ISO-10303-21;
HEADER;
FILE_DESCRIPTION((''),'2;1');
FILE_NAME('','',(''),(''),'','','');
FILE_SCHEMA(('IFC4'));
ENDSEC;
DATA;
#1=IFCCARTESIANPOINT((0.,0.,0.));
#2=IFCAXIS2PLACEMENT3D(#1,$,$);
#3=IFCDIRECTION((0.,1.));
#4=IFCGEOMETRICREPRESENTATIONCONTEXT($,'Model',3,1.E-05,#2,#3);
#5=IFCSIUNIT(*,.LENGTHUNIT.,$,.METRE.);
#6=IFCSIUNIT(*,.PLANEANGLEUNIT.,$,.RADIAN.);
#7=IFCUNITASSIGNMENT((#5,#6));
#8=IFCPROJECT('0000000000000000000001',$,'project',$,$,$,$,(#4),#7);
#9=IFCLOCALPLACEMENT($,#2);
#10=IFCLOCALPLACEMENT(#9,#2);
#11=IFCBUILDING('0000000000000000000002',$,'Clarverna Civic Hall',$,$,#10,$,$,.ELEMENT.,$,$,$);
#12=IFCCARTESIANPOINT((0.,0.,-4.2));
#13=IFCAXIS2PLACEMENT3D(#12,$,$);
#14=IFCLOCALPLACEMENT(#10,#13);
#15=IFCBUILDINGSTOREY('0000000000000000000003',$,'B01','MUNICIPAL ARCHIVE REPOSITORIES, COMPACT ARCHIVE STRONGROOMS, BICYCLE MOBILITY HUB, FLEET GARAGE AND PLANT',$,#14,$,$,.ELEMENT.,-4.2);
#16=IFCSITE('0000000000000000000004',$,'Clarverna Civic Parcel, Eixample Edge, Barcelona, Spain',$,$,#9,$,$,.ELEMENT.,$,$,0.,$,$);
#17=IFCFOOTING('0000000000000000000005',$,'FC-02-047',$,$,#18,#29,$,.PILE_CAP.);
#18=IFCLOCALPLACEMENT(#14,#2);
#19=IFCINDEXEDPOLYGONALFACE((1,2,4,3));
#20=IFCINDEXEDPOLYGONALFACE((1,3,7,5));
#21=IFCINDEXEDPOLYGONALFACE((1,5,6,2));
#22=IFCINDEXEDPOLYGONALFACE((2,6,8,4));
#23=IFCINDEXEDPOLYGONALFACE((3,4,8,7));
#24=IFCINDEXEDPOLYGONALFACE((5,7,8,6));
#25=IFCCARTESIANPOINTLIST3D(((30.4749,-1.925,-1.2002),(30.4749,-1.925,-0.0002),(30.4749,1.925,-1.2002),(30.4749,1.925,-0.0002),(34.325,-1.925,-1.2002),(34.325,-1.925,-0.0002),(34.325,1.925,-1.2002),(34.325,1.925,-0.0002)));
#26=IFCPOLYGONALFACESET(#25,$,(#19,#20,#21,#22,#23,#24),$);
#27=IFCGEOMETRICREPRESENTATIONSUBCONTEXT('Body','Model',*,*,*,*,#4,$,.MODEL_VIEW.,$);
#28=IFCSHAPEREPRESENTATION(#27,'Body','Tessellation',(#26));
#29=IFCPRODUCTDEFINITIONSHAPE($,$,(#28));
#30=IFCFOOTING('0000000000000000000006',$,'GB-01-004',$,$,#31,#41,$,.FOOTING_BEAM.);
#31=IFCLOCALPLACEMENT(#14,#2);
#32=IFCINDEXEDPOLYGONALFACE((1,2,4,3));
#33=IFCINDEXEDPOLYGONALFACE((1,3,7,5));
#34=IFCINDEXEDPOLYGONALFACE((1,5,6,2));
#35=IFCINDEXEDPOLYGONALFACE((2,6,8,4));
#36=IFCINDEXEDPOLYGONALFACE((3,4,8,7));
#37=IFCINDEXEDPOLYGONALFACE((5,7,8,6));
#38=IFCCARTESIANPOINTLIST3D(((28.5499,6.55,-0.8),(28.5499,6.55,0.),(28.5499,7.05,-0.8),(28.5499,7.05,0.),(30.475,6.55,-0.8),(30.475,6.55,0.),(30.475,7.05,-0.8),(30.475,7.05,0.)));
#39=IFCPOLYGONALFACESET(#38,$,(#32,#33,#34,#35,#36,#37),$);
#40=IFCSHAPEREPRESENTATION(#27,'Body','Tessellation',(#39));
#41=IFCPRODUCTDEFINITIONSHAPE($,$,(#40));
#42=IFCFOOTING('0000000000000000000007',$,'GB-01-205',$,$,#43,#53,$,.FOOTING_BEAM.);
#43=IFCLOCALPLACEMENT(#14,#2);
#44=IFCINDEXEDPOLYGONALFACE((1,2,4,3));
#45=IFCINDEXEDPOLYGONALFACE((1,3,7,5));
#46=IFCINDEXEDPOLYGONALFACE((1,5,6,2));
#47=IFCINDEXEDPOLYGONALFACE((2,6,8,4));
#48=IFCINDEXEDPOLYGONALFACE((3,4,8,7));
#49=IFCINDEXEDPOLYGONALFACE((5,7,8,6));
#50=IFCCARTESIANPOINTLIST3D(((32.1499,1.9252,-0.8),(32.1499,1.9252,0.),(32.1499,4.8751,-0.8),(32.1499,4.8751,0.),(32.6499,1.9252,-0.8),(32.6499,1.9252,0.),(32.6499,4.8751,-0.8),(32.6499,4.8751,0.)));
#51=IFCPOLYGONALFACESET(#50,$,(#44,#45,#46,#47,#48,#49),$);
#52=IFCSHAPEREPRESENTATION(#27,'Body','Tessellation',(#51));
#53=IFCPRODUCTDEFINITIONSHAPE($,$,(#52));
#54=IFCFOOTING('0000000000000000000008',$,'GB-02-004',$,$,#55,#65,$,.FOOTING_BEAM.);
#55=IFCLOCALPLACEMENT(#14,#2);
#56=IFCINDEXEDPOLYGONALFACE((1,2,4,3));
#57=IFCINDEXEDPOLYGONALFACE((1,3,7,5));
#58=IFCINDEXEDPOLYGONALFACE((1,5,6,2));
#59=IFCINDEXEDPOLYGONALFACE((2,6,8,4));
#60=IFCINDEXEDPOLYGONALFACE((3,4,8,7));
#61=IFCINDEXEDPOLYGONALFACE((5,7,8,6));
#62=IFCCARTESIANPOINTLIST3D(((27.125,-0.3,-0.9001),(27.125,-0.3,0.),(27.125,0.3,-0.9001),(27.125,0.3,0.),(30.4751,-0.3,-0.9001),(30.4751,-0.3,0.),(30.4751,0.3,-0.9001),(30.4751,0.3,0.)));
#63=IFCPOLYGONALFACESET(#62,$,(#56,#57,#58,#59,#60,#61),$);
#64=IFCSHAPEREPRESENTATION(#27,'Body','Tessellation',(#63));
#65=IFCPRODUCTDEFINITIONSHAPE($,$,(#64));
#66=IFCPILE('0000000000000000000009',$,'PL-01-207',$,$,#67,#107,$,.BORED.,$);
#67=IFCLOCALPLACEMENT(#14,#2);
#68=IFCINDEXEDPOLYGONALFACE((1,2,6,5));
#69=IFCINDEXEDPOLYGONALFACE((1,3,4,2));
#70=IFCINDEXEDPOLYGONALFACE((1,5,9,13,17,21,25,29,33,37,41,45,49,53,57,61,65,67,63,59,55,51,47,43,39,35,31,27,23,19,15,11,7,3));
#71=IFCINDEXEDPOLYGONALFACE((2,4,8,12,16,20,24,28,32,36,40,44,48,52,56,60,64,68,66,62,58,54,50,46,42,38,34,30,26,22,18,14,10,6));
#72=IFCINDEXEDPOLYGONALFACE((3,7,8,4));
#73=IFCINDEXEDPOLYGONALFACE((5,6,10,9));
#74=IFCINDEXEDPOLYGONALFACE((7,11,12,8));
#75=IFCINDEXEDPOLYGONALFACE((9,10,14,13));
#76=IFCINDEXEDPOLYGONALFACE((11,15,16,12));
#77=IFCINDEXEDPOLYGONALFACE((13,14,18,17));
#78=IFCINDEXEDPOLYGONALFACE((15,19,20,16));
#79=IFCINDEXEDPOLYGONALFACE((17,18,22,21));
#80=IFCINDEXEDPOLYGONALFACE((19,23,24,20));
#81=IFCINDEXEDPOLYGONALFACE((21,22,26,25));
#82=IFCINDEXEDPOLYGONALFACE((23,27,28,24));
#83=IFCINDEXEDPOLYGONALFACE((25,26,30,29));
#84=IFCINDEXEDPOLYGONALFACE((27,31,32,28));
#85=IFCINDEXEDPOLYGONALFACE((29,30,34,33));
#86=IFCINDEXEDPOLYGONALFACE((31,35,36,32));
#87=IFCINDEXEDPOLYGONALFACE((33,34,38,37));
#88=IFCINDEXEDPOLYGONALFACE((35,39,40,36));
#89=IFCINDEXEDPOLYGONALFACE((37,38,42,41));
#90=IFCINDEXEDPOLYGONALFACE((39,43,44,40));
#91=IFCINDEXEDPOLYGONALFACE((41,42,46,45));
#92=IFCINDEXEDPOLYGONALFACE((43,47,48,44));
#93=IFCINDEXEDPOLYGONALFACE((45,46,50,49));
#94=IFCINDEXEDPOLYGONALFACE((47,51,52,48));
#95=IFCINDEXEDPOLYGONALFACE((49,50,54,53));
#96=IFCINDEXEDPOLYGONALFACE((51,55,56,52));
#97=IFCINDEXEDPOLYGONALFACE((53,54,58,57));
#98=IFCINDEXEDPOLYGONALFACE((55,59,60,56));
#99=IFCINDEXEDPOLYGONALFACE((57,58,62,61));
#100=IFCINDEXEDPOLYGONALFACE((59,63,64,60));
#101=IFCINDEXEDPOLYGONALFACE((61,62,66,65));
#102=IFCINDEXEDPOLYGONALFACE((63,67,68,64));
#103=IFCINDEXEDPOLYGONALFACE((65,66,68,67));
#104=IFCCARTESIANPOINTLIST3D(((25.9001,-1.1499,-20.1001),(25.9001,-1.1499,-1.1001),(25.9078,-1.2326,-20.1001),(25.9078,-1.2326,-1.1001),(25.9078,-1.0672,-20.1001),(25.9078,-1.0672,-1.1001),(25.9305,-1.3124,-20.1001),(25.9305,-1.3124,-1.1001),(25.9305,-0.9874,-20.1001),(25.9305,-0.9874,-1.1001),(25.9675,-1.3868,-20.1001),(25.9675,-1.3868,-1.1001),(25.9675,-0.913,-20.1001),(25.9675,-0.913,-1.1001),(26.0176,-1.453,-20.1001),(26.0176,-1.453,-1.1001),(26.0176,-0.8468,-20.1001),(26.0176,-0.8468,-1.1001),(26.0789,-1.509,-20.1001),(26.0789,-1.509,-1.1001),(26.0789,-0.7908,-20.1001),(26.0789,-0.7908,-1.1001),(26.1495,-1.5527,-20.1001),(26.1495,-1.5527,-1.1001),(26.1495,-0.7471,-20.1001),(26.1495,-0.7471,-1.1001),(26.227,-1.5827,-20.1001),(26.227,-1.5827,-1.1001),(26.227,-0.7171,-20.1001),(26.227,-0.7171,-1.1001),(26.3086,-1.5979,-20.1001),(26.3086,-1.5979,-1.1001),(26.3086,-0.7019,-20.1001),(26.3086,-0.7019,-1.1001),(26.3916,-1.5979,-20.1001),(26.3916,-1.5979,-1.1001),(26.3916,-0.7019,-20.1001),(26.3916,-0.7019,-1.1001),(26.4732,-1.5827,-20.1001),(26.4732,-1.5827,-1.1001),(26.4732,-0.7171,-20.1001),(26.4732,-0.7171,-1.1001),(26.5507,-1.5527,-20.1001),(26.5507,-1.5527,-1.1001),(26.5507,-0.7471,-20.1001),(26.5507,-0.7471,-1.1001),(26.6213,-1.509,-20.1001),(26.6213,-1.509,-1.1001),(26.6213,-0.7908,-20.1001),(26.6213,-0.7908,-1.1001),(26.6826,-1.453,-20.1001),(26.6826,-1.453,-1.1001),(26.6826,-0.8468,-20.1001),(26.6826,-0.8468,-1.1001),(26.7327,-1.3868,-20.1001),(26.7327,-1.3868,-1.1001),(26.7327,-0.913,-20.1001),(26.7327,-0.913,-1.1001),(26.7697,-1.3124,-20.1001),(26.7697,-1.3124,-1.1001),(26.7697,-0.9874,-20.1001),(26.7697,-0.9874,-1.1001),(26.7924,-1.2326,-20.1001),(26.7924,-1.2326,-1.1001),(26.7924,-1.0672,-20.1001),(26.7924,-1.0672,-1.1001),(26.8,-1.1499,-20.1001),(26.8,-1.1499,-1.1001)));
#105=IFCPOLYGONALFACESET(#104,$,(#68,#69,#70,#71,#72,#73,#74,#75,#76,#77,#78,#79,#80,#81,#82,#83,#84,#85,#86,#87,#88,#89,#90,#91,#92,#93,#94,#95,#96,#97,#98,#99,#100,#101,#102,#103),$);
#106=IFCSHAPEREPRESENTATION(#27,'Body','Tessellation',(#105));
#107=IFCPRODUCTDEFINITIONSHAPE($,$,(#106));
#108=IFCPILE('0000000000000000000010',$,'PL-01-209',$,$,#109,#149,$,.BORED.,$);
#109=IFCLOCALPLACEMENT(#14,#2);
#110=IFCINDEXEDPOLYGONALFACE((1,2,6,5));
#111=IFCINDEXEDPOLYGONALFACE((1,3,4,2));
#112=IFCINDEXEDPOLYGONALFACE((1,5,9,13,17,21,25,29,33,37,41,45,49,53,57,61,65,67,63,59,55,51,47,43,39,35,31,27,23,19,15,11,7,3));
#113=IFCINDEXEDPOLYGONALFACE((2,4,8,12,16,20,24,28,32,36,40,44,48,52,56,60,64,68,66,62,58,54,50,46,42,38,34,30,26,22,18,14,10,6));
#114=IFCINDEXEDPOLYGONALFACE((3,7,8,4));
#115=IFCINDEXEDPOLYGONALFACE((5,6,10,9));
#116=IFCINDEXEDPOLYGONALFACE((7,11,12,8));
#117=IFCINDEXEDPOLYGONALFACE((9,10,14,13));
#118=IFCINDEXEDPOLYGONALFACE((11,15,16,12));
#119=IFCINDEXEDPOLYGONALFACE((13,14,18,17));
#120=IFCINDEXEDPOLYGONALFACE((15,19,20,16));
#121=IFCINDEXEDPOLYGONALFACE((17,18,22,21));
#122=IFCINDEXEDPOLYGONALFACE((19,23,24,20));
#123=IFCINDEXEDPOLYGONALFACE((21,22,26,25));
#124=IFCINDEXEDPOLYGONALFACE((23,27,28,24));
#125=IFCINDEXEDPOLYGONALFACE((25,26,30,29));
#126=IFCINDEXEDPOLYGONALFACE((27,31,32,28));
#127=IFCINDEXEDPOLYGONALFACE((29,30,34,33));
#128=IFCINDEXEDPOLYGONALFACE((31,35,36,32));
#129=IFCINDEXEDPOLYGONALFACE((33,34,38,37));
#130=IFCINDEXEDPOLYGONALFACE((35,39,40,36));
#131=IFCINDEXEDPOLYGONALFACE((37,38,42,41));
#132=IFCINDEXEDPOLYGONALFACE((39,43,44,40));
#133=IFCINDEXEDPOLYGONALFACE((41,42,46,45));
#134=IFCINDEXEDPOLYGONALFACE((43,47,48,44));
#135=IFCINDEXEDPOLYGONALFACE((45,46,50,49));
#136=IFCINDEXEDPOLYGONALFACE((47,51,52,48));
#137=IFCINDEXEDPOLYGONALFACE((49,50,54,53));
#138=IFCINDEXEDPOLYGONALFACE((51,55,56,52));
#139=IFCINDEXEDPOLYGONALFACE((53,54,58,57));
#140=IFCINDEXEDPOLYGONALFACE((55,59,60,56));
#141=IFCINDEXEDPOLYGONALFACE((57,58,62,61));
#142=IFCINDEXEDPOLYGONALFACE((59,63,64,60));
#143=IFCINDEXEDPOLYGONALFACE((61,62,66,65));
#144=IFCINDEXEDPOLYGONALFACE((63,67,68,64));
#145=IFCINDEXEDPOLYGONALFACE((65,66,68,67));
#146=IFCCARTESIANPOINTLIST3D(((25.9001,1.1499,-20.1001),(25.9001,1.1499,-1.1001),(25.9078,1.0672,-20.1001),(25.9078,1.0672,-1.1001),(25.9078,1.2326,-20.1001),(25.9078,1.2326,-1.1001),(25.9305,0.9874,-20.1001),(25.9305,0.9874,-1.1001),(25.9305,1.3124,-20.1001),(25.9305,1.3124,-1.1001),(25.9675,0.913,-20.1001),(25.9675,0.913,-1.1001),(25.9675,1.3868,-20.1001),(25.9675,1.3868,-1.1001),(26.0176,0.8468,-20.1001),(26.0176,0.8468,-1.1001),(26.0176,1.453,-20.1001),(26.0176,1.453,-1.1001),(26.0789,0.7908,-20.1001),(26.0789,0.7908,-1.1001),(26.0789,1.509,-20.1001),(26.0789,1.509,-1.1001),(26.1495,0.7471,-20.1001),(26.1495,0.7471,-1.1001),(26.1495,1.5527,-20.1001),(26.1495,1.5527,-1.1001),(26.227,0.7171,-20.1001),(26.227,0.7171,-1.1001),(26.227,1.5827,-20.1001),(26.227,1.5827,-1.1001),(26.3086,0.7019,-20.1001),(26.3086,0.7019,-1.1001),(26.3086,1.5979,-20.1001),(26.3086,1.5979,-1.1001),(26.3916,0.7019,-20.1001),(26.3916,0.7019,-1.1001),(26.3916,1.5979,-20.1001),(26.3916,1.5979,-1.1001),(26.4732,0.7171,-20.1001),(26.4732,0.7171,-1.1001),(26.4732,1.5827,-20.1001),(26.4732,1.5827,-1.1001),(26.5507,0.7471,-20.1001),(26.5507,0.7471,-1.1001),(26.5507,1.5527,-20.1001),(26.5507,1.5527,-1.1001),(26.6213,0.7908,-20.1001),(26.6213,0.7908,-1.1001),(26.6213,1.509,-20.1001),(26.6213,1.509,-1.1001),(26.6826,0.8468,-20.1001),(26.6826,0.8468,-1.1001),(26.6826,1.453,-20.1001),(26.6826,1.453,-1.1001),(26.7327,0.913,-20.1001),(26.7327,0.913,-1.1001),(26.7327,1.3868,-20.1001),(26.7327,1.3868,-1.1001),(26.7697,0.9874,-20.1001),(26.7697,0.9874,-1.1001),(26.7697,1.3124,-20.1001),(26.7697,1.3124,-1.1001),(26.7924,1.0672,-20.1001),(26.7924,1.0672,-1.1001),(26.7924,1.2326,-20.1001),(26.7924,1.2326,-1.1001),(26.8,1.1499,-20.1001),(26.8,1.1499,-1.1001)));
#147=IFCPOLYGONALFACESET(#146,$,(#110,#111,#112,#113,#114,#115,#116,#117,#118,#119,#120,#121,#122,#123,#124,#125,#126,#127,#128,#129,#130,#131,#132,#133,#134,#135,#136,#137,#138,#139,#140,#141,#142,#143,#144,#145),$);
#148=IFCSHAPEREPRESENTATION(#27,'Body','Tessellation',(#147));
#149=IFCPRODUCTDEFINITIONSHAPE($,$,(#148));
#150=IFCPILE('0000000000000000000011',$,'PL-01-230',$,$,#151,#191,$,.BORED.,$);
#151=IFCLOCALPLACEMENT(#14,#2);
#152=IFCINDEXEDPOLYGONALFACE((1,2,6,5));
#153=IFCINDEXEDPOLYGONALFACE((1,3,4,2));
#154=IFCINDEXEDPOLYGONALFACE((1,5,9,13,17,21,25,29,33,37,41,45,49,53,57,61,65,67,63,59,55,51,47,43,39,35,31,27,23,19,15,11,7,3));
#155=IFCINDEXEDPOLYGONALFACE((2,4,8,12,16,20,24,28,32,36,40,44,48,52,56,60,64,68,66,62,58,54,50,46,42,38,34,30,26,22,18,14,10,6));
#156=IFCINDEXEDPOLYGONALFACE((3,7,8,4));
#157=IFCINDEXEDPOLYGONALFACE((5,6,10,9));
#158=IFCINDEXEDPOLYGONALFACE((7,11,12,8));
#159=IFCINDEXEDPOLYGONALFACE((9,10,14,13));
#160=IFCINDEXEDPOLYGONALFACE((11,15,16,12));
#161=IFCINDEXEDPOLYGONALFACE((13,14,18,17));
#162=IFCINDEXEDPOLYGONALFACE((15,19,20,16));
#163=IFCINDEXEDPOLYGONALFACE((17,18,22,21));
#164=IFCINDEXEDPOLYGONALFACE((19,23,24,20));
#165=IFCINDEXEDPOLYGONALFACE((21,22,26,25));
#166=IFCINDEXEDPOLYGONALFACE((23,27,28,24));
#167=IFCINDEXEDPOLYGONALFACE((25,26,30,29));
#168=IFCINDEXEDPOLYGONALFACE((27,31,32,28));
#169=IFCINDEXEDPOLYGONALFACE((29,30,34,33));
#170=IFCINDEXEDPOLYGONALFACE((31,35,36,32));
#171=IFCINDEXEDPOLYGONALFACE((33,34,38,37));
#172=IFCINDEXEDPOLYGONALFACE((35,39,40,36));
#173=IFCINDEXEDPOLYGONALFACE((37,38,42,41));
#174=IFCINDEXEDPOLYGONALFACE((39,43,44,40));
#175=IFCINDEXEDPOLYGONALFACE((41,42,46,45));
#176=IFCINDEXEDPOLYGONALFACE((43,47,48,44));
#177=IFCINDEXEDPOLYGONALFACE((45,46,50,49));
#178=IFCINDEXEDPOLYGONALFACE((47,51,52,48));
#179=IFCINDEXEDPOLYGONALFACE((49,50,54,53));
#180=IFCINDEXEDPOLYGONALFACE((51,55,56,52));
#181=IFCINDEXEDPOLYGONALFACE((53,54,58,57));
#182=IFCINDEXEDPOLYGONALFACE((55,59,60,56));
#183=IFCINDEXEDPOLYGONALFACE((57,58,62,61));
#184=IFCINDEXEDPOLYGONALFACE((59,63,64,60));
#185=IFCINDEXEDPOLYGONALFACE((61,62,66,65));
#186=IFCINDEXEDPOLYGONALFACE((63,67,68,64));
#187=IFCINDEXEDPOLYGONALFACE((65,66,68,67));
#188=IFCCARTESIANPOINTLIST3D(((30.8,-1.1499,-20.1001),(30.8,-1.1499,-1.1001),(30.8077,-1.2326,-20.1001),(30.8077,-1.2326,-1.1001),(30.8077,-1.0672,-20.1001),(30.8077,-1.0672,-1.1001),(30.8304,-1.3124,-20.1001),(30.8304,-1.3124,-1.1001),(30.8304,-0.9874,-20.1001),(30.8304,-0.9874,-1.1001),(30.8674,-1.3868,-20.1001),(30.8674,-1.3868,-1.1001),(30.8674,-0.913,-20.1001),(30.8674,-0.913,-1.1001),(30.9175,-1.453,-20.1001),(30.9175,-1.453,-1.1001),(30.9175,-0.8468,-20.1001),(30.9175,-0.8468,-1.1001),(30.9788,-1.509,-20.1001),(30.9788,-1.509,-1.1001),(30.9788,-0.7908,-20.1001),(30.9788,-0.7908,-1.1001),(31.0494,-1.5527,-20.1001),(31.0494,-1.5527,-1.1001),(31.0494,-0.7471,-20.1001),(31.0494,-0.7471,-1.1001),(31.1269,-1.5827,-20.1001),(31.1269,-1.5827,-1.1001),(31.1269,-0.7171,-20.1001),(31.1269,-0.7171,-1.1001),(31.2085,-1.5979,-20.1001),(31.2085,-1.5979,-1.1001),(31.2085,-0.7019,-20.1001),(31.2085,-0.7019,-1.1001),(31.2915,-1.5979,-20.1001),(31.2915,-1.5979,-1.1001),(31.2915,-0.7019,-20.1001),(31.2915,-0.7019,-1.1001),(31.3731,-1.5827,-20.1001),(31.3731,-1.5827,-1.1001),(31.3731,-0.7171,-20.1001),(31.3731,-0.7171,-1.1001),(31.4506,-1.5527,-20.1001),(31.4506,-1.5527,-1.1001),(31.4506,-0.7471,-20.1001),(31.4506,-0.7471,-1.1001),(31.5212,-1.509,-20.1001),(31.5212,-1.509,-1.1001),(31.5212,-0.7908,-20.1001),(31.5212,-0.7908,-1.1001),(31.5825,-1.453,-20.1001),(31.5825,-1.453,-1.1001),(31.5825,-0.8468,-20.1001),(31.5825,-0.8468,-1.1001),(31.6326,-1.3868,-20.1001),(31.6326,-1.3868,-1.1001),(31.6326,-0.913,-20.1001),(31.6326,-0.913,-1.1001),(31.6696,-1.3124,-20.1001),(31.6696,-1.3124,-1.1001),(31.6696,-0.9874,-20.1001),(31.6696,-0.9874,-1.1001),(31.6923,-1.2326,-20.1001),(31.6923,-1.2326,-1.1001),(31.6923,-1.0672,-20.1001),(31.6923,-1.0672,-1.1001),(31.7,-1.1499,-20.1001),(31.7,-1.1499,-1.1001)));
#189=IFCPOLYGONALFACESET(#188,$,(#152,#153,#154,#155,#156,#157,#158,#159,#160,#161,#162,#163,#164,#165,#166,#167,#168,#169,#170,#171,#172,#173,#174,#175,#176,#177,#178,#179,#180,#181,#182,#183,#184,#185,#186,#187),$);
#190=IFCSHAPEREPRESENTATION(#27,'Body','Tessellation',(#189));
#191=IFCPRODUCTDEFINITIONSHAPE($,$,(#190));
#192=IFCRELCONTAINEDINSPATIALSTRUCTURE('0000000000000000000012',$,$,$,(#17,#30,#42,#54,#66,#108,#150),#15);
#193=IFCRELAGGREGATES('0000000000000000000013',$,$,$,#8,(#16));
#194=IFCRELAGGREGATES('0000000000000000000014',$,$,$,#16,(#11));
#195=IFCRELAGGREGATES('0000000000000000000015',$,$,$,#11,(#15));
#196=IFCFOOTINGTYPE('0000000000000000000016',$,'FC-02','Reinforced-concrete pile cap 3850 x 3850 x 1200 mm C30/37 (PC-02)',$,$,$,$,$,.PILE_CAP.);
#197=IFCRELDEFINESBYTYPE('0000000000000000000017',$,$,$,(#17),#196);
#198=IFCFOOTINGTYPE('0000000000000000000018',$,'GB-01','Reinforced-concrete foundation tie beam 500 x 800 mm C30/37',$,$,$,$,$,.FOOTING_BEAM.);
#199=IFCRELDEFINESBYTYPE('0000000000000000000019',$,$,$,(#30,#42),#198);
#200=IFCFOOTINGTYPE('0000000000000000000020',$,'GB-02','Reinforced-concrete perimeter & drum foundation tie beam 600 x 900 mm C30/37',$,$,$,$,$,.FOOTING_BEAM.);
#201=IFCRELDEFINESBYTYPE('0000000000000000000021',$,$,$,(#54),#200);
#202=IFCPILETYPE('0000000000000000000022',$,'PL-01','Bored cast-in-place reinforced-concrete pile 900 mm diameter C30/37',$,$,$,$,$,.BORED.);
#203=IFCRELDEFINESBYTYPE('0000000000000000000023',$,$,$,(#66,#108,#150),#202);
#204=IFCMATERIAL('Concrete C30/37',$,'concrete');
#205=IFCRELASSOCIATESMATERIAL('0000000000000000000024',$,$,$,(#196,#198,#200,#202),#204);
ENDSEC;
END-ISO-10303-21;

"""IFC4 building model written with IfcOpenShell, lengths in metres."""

from ifc_helpers import new_model, si_unit, direction, frame, frame_2d, origin, origin_2d, place, context, subcontext, project, spatial, rectangle, circle, extrude, material, material_profile, profile_set, type_object, element, save


model = new_model("IFC4")

# Units and contexts
model_context = context("Model", 3, precision=1e-05, world=origin(), true_north=direction((0.0, 1.0)))
body_context = subcontext(model_context, "Body", "Model", "MODEL_VIEW")
ifc_project = project(units=[si_unit("LENGTHUNIT", "METRE"), si_unit("PLANEANGLEUNIT", "RADIAN")], contexts=[model_context])

# Site, building, storey
site_placement = place(None, origin())
site = spatial("IfcSite", under=ifc_project, at=site_placement, Name="Clarverna Civic Parcel, Eixample Edge, Barcelona, Spain", CompositionType="ELEMENT", RefElevation=0.0)
building_placement = place(site_placement, origin())
building = spatial("IfcBuilding", under=site, at=building_placement, Name="Clarverna Civic Hall", CompositionType="ELEMENT")
storey_placement = place(building_placement, frame((0.0, 0.0, -4.2)))
storey = spatial("IfcBuildingStorey", under=building, at=storey_placement, Name="B01", Description="MUNICIPAL ARCHIVE REPOSITORIES, COMPACT ARCHIVE STRONGROOMS, BICYCLE MOBILITY HUB, FLEET GARAGE AND PLANT", CompositionType="ELEMENT", Elevation=-4.2)

# Footings
ifc_material_1 = material(Name="Concrete C30/37", Category="concrete")
footing_type_1 = type_object("IfcFootingType", Name="FC-02", Description="Reinforced-concrete pile cap 3850 x 3850 x 1200 mm C30/37 (PC-02)", PredefinedType="PILE_CAP", material=ifc_material_1)
footing_1_placement = place(storey_placement, frame((32.3999, 0.0, -1.2002), z_axis=(0.0, 0.0, 1.0), x_axis=(1.0, 0.0, 0.0)))
element("IfcFooting", 1, at=footing_1_placement, inside=storey, type_object=footing_type_1, Name="FC-02-047", PredefinedType="PILE_CAP", context=body_context, shape_type="SweptSolid", body=[
    extrude(rectangle(XDim=3.8501, YDim=3.8501, at=origin_2d()), origin(), (0.0, 0.0, 1.0), 1.2),
])
footing_type_2 = type_object("IfcFootingType", Name="GB-01", Description="Reinforced-concrete foundation tie beam 500 x 800 mm C30/37", PredefinedType="FOOTING_BEAM", material=ifc_material_1)
footing_2_placement = place(storey_placement, frame((28.55, 6.8, -0.8), z_axis=(0.0, 0.0, 1.0), x_axis=(1.0, 0.0, 0.0)))
element("IfcFooting", 2, at=footing_2_placement, inside=storey, type_object=footing_type_2, Name="GB-01-004", PredefinedType="FOOTING_BEAM", context=body_context, shape_type="SweptSolid", body=[
    extrude(rectangle(XDim=1.925, YDim=0.5, at=frame_2d((0.9624, 0.0))), origin(), (0.0, 0.0, 1.0), 0.8),
])
footing_3_placement = place(storey_placement, frame((32.3999, 1.925, -0.8), z_axis=(0.0, 0.0, 1.0), x_axis=(0.0, 1.0, 0.0)))
element("IfcFooting", 3, at=footing_3_placement, inside=storey, type_object=footing_type_2, Name="GB-01-205", PredefinedType="FOOTING_BEAM", context=body_context, shape_type="SweptSolid", body=[
    extrude(rectangle(XDim=2.95, YDim=0.5, at=frame_2d((1.4751, 0.0))), origin(), (0.0, 0.0, 1.0), 0.8),
])
footing_type_3 = type_object("IfcFootingType", Name="GB-02", Description="Reinforced-concrete perimeter & drum foundation tie beam 600 x 900 mm C30/37", PredefinedType="FOOTING_BEAM", material=ifc_material_1)
footing_4_placement = place(storey_placement, frame((27.125, 0.0, -0.9001), z_axis=(0.0, 0.0, 1.0), x_axis=(1.0, 0.0, 0.0)))
element("IfcFooting", 4, at=footing_4_placement, inside=storey, type_object=footing_type_3, Name="GB-02-004", PredefinedType="FOOTING_BEAM", context=body_context, shape_type="SweptSolid", body=[
    extrude(rectangle(XDim=3.3501, YDim=0.6001, at=frame_2d((1.675, 0.0))), origin(), (0.0, 0.0, 1.0), 0.9001),
])

# Piles
ifc_material_profile_1 = material_profile(ifc_material_1, circle(Radius=0.45, at=origin_2d()), Name="BORED PILE D900")
ifc_profile_set_1 = profile_set([ifc_material_profile_1], Name="Concrete C30/37")
pile_type_1 = type_object("IfcPileType", Name="PL-01", Description="Bored cast-in-place reinforced-concrete pile 900 mm diameter C30/37", PredefinedType="BORED", material=ifc_profile_set_1)
for number, where, z_axis, x_axis, name in (
    (5, (26.3501, -1.1499, -1.1001), (0.0, 0.0, -1.0), (1.0, 0.0, 0.0), "PL-01-207"),
    (6, (26.3501, 1.1499, -1.1001), (0.0, 0.0, -1.0), (1.0, 0.0, 0.0), "PL-01-209"),
    (7, (31.25, -1.1499, -1.1001), (0.0, 0.0, -1.0), (1.0, 0.0, 0.0), "PL-01-230"),
):
    element("IfcPile", number, at=place(storey_placement, frame(where, z_axis=z_axis, x_axis=x_axis)), inside=storey, type_object=pile_type_1, Name=name, PredefinedType="BORED", context=body_context, shape_type="SweptSolid", body=[
        extrude(circle(Radius=0.45, at=origin_2d()), origin(), (0.0, 0.0, 1.0), 19.0),
    ])

save(model, "model.ifc")
